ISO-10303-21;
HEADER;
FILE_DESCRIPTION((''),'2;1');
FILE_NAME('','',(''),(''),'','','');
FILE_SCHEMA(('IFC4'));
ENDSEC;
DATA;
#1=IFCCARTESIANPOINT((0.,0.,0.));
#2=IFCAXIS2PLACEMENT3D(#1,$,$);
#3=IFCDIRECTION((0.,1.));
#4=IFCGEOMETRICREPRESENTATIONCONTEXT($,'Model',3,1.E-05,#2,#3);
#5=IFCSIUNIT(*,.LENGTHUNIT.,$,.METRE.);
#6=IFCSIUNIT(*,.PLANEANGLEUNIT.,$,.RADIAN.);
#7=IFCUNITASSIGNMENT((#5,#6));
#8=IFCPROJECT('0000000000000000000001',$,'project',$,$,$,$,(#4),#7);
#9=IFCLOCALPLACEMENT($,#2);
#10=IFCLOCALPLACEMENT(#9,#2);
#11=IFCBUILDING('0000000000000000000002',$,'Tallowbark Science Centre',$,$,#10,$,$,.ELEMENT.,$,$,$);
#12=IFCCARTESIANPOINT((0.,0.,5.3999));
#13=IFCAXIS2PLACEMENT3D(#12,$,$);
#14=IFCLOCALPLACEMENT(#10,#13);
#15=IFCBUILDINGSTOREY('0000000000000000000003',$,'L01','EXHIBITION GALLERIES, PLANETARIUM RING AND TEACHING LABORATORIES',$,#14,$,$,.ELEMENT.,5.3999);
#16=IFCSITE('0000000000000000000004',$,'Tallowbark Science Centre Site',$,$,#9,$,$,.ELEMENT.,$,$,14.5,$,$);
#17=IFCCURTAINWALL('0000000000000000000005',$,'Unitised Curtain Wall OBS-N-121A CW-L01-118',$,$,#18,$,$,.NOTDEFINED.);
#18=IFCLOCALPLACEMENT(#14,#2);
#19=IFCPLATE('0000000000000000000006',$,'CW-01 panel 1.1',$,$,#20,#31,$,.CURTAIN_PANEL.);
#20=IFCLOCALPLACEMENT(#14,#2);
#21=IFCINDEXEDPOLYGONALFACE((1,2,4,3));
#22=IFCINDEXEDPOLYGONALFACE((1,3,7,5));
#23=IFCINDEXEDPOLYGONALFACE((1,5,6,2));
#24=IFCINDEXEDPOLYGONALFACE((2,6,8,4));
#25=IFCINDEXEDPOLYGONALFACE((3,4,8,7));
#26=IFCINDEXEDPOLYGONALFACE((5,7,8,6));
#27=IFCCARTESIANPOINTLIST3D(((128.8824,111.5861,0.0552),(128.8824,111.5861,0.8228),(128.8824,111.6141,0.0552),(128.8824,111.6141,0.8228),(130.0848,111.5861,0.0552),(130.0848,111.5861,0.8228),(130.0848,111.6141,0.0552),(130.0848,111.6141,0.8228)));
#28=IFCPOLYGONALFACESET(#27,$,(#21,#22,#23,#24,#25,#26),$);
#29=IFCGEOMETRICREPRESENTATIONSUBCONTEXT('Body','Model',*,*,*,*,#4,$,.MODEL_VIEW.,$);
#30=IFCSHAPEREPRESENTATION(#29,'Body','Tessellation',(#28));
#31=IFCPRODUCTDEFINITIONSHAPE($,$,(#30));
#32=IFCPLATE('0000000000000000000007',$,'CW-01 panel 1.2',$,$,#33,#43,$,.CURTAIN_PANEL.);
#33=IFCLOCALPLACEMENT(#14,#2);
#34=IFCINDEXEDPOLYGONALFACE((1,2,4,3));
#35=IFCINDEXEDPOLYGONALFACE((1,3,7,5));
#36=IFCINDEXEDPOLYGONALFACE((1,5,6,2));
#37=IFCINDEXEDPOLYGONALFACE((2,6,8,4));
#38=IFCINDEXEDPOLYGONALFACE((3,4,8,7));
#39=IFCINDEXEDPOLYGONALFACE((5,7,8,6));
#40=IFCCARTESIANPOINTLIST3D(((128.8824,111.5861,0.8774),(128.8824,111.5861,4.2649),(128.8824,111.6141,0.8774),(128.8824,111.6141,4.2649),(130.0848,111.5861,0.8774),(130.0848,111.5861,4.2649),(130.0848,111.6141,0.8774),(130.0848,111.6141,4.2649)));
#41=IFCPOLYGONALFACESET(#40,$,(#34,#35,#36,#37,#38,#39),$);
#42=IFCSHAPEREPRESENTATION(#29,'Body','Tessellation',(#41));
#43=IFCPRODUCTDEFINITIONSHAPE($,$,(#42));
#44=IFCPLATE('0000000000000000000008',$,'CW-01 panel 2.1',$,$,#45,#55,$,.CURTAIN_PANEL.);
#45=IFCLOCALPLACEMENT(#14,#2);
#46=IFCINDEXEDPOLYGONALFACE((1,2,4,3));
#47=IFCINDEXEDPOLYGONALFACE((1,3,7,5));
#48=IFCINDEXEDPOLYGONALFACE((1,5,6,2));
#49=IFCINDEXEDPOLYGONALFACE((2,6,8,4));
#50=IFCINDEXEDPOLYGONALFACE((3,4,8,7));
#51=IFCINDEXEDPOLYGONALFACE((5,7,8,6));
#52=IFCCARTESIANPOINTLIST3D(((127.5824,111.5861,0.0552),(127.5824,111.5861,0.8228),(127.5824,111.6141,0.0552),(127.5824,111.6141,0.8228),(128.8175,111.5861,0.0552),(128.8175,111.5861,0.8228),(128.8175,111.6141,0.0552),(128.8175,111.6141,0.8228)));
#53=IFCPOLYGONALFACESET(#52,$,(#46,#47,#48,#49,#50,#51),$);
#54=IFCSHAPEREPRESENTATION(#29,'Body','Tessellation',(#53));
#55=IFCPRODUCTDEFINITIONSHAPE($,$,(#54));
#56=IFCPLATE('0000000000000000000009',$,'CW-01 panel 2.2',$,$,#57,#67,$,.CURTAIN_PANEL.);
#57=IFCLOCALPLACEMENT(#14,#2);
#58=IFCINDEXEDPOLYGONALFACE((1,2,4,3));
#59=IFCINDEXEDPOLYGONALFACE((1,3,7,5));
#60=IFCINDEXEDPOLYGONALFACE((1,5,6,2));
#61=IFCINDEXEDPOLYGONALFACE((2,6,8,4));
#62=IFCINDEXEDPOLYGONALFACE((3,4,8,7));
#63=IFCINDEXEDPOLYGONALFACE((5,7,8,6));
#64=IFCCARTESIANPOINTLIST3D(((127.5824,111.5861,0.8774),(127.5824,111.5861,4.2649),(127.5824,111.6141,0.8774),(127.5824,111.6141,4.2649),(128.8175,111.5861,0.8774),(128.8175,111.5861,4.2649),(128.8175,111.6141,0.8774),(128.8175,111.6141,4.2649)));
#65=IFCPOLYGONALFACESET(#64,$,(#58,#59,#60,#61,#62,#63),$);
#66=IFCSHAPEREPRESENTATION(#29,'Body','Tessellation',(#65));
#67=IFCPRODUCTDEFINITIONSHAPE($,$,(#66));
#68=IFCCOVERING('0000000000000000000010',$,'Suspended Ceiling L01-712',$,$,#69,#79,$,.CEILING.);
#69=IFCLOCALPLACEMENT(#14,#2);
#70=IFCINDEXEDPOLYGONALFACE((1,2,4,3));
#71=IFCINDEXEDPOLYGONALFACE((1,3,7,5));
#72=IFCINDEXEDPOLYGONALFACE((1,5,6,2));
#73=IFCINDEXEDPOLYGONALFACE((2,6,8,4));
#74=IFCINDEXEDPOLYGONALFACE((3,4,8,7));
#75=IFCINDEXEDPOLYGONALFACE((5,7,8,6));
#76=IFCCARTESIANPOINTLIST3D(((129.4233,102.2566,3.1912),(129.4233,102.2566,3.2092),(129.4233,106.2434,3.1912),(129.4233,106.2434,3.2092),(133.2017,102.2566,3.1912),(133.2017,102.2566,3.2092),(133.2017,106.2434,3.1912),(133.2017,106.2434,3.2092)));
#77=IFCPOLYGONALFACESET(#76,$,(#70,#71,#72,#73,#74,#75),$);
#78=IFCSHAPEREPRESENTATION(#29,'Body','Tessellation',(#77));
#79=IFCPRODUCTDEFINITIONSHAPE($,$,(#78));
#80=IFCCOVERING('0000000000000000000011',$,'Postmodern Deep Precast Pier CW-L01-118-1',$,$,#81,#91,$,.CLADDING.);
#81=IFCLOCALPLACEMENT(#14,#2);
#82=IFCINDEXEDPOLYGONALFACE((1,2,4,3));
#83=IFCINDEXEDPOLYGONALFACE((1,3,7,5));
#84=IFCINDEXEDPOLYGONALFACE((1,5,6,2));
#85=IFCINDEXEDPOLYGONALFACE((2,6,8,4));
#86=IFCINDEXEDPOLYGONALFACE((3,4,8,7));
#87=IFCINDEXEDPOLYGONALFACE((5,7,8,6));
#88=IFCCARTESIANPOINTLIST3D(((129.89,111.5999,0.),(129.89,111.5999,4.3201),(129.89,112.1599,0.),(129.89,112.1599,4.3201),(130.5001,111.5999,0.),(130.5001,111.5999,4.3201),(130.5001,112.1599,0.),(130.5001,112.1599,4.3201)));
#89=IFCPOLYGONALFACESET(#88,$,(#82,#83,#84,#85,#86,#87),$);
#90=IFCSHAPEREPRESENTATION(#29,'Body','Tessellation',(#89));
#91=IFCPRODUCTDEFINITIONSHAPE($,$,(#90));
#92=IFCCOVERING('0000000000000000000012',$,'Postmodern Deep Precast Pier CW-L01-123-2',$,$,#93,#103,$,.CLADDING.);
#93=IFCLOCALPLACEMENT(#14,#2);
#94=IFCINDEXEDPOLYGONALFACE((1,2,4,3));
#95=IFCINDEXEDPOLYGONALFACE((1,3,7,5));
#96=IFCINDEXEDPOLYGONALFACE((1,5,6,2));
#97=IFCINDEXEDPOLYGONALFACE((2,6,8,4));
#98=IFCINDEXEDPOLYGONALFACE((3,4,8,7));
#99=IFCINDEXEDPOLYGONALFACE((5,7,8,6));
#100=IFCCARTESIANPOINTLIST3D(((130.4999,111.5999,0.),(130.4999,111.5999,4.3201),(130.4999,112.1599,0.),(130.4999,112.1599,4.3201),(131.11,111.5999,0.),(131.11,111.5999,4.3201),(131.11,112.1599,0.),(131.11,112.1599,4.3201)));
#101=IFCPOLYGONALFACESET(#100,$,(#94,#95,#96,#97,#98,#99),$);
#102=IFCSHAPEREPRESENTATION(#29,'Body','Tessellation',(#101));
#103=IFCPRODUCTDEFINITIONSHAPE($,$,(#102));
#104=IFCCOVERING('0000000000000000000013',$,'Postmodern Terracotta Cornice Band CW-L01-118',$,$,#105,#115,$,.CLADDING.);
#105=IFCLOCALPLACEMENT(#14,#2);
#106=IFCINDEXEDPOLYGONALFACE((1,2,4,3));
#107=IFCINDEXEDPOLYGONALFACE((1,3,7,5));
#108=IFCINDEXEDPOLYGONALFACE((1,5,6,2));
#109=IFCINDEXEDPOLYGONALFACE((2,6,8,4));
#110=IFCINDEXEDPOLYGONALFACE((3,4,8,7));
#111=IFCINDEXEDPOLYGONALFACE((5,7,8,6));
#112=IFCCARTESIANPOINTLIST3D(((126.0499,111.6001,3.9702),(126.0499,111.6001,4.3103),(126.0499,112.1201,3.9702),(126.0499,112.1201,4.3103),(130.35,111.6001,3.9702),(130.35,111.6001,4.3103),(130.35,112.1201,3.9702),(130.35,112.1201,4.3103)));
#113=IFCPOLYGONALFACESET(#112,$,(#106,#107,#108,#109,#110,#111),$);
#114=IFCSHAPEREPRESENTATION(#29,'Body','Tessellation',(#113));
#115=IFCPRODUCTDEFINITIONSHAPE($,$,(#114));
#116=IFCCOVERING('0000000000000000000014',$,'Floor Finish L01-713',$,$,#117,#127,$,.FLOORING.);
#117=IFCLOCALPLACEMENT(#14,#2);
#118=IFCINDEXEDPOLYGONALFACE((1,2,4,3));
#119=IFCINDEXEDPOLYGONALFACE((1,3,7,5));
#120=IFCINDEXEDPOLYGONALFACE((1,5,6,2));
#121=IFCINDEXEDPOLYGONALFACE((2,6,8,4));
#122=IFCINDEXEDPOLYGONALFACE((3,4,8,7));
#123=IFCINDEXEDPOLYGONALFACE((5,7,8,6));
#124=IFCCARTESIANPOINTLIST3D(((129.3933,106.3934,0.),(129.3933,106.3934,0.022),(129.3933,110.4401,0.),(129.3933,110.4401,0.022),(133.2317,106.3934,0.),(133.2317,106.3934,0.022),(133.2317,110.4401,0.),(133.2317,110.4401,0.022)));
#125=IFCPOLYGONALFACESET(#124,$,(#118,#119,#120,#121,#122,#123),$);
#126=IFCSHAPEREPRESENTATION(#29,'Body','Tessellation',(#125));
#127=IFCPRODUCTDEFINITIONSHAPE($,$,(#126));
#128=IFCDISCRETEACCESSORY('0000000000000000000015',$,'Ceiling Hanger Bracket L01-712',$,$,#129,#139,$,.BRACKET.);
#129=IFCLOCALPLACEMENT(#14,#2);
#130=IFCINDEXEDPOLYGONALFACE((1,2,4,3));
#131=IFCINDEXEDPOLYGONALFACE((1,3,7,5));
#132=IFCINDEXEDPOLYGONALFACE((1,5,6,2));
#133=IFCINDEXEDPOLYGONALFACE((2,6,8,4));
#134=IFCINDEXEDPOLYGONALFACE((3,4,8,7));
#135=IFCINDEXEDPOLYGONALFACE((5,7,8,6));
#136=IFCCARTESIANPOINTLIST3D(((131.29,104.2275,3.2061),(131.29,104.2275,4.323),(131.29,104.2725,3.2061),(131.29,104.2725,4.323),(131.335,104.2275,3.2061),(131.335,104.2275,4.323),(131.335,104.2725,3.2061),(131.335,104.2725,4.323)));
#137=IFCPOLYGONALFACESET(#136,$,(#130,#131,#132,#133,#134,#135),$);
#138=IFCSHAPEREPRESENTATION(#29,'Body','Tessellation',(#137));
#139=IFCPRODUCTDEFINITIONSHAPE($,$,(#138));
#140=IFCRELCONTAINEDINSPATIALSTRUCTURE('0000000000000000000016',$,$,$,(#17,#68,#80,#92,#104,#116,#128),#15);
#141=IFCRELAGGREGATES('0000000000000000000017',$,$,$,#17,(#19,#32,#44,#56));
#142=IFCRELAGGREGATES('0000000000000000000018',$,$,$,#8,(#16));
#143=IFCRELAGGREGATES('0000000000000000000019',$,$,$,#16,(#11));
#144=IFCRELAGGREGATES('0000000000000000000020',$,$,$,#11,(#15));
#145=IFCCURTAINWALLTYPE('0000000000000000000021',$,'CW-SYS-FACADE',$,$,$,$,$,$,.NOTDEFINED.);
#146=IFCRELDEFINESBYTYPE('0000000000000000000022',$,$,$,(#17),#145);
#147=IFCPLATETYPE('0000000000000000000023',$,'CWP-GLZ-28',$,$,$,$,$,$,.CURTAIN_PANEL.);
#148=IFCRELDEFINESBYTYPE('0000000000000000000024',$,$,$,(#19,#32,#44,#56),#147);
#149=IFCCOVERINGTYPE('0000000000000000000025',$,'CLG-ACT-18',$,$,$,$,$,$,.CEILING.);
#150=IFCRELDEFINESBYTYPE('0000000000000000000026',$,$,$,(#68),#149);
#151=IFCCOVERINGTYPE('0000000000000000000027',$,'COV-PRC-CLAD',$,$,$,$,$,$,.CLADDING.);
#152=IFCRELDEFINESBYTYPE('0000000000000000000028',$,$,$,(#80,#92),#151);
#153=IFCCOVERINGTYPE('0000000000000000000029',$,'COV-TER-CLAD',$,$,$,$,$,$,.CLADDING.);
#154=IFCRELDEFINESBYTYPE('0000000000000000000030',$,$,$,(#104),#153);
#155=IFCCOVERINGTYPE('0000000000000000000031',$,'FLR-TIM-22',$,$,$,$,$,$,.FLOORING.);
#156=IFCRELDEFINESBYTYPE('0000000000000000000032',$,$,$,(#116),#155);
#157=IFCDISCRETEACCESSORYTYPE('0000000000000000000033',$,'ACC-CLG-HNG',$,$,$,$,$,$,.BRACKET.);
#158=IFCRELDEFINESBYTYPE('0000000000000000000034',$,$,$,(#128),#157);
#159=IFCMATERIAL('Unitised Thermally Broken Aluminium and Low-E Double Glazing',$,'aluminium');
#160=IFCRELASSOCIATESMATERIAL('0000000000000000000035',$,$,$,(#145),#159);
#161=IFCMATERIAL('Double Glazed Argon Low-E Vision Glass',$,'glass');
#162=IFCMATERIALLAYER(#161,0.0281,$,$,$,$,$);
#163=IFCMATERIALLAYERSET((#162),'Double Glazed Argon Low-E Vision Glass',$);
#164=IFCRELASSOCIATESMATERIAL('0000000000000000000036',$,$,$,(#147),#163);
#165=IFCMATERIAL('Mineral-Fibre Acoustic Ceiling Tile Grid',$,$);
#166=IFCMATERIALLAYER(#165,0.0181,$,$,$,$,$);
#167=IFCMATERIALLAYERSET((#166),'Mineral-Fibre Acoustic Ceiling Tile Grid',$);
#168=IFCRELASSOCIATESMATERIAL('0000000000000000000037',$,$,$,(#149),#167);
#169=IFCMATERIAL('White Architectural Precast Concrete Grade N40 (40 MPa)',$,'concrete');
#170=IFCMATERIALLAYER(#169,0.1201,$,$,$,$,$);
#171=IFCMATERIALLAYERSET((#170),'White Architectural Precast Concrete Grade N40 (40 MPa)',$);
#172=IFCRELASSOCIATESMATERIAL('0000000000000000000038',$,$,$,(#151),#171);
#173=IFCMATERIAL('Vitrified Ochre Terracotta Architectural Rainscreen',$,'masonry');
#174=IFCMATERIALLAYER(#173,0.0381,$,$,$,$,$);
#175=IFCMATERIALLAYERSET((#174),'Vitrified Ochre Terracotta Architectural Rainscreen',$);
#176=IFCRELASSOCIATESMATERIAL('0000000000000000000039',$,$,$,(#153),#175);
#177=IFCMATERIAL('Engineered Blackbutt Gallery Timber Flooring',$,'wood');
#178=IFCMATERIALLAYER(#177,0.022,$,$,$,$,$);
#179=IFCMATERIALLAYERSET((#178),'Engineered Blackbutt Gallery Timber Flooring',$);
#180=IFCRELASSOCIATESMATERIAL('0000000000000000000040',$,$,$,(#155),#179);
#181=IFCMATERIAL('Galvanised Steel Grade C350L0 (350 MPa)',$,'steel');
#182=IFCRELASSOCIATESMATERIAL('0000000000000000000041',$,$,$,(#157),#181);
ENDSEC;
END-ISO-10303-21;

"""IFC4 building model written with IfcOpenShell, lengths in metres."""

from ifc_helpers import new_model, si_unit, direction, frame, origin, origin_2d, place, context, subcontext, project, spatial, rectangle, extrude, material, layer, layer_set, type_object, element, aggregate, save


model = new_model("IFC4")

# Units and contexts
model_context = context("Model", 3, precision=1e-05, world=origin(), true_north=direction((0.0, 1.0)))
body_context = subcontext(model_context, "Body", "Model", "MODEL_VIEW")
ifc_project = project(units=[si_unit("LENGTHUNIT", "METRE"), si_unit("PLANEANGLEUNIT", "RADIAN")], contexts=[model_context])

# Site, building, storey
site_placement = place(None, origin())
site = spatial("IfcSite", under=ifc_project, at=site_placement, Name="Tallowbark Science Centre Site", CompositionType="ELEMENT", RefElevation=14.5)
building_placement = place(site_placement, origin())
building = spatial("IfcBuilding", under=site, at=building_placement, Name="Tallowbark Science Centre", CompositionType="ELEMENT")
storey_placement = place(building_placement, frame((0.0, 0.0, 5.3999)))
storey = spatial("IfcBuildingStorey", under=building, at=storey_placement, Name="L01", Description="EXHIBITION GALLERIES, PLANETARIUM RING AND TEACHING LABORATORIES", CompositionType="ELEMENT", Elevation=5.3999)

# Curtain wall
ifc_material_1 = material(Name="Unitised Thermally Broken Aluminium and Low-E Double Glazing", Category="aluminium")
curtain_wall_type = type_object("IfcCurtainWallType", Name="CW-SYS-FACADE", PredefinedType="NOTDEFINED", material=ifc_material_1)
curtain_wall_1_placement = place(storey_placement, origin())
curtain_wall_1 = element("IfcCurtainWall", 1, at=curtain_wall_1_placement, inside=storey, type_object=curtain_wall_type, Name="Unitised Curtain Wall OBS-N-121A CW-L01-118", PredefinedType="NOTDEFINED")

# Plates
ifc_material_2 = material(Name="Double Glazed Argon Low-E Vision Glass", Category="glass")
ifc_layer_1 = layer(ifc_material_2, 0.0281)
ifc_layer_set_1 = layer_set([ifc_layer_1], Name="Double Glazed Argon Low-E Vision Glass")
plate_type = type_object("IfcPlateType", Name="CWP-GLZ-28", PredefinedType="CURTAIN_PANEL", material=ifc_layer_set_1)
plate_1_placement = place(storey_placement, frame((129.4836, 111.6001, 0.0552), z_axis=(0.0, 0.0, 1.0), x_axis=(-1.0, 0.0, 0.0)))
plate_1 = element("IfcPlate", 2, at=plate_1_placement, type_object=plate_type, Name="CW-01 panel 1.1", PredefinedType="CURTAIN_PANEL", context=body_context, shape_type="SweptSolid", body=[
    extrude(rectangle(XDim=1.2024, YDim=0.0281, at=origin_2d()), origin(), (0.0, 0.0, 1.0), 0.7676),
])
plate_2_placement = place(storey_placement, frame((129.4836, 111.6001, 0.8774), z_axis=(0.0, 0.0, 1.0), x_axis=(-1.0, 0.0, 0.0)))
plate_2 = element("IfcPlate", 3, at=plate_2_placement, type_object=plate_type, Name="CW-01 panel 1.2", PredefinedType="CURTAIN_PANEL", context=body_context, shape_type="SweptSolid", body=[
    extrude(rectangle(XDim=1.2024, YDim=0.0281, at=origin_2d()), origin(), (0.0, 0.0, 1.0), 3.3875),
])
plate_3_placement = place(storey_placement, frame((128.2, 111.6001, 0.0552), z_axis=(0.0, 0.0, 1.0), x_axis=(-1.0, 0.0, 0.0)))
plate_3 = element("IfcPlate", 4, at=plate_3_placement, type_object=plate_type, Name="CW-01 panel 2.1", PredefinedType="CURTAIN_PANEL", context=body_context, shape_type="SweptSolid", body=[
    extrude(rectangle(XDim=1.2351, YDim=0.0281, at=origin_2d()), origin(), (0.0, 0.0, 1.0), 0.7676),
])
plate_4_placement = place(storey_placement, frame((128.2, 111.6001, 0.8774), z_axis=(0.0, 0.0, 1.0), x_axis=(-1.0, 0.0, 0.0)))
plate_4 = element("IfcPlate", 5, at=plate_4_placement, type_object=plate_type, Name="CW-01 panel 2.2", PredefinedType="CURTAIN_PANEL", context=body_context, shape_type="SweptSolid", body=[
    extrude(rectangle(XDim=1.2351, YDim=0.0281, at=origin_2d()), origin(), (0.0, 0.0, 1.0), 3.3875),
])
aggregate(curtain_wall_1, [plate_1, plate_2, plate_3, plate_4])

# Coverings
ifc_material_3 = material(Name="Mineral-Fibre Acoustic Ceiling Tile Grid")
ifc_layer_2 = layer(ifc_material_3, 0.0181)
ifc_layer_set_2 = layer_set([ifc_layer_2], Name="Mineral-Fibre Acoustic Ceiling Tile Grid")
covering_type_1 = type_object("IfcCoveringType", Name="CLG-ACT-18", PredefinedType="CEILING", material=ifc_layer_set_2)
covering_1_placement = place(storey_placement, frame((131.3125, 104.25, 3.1912), z_axis=(0.0, 0.0, 1.0), x_axis=(1.0, 0.0, 0.0)))
element("IfcCovering", 6, at=covering_1_placement, inside=storey, type_object=covering_type_1, Name="Suspended Ceiling L01-712", PredefinedType="CEILING", context=body_context, shape_type="SweptSolid", body=[
    extrude(rectangle(XDim=3.7783, YDim=3.9868, at=origin_2d()), origin(), (0.0, 0.0, 1.0), 0.0181),
])
ifc_material_4 = material(Name="White Architectural Precast Concrete Grade N40 (40 MPa)", Category="concrete")
ifc_layer_3 = layer(ifc_material_4, 0.1201)
ifc_layer_set_3 = layer_set([ifc_layer_3], Name="White Architectural Precast Concrete Grade N40 (40 MPa)")
covering_type_2 = type_object("IfcCoveringType", Name="COV-PRC-CLAD", PredefinedType="CLADDING", material=ifc_layer_set_3)
for number, where, z_axis, x_axis, name in (
    (7, (130.1951, 111.8799, 0.0), (0.0, 0.0, 1.0), (-1.0, 0.0, 0.0), "Postmodern Deep Precast Pier CW-L01-118-1"),
    (8, (130.8049, 111.8799, 0.0), (0.0, 0.0, 1.0), (-1.0, 0.0, 0.0), "Postmodern Deep Precast Pier CW-L01-123-2"),
):
    element("IfcCovering", number, at=place(storey_placement, frame(where, z_axis=z_axis, x_axis=x_axis)), inside=storey, type_object=covering_type_2, Name=name, PredefinedType="CLADDING", context=body_context, shape_type="SweptSolid", body=[
        extrude(rectangle(XDim=0.6101, YDim=0.5601, at=origin_2d()), origin(), (0.0, 0.0, 1.0), 4.3201),
    ])
ifc_material_5 = material(Name="Vitrified Ochre Terracotta Architectural Rainscreen", Category="masonry")
ifc_layer_4 = layer(ifc_material_5, 0.0381)
ifc_layer_set_4 = layer_set([ifc_layer_4], Name="Vitrified Ochre Terracotta Architectural Rainscreen")
covering_type_3 = type_object("IfcCoveringType", Name="COV-TER-CLAD", PredefinedType="CLADDING", material=ifc_layer_set_4)
covering_2_placement = place(storey_placement, frame((128.2, 111.8601, 3.9702), z_axis=(0.0, 0.0, 1.0), x_axis=(-1.0, 0.0, 0.0)))
element("IfcCovering", 9, at=covering_2_placement, inside=storey, type_object=covering_type_3, Name="Postmodern Terracotta Cornice Band CW-L01-118", PredefinedType="CLADDING", context=body_context, shape_type="SweptSolid", body=[
    extrude(rectangle(XDim=4.3, YDim=0.52, at=origin_2d()), origin(), (0.0, 0.0, 1.0), 0.3401),
])
ifc_material_6 = material(Name="Engineered Blackbutt Gallery Timber Flooring", Category="wood")
ifc_layer_5 = layer(ifc_material_6, 0.022)
ifc_layer_set_5 = layer_set([ifc_layer_5], Name="Engineered Blackbutt Gallery Timber Flooring")
covering_type_4 = type_object("IfcCoveringType", Name="FLR-TIM-22", PredefinedType="FLOORING", material=ifc_layer_set_5)
covering_3_placement = place(storey_placement, frame((131.3125, 108.4167, 0.0), z_axis=(0.0, 0.0, 1.0), x_axis=(1.0, 0.0, 0.0)))
element("IfcCovering", 10, at=covering_3_placement, inside=storey, type_object=covering_type_4, Name="Floor Finish L01-713", PredefinedType="FLOORING", context=body_context, shape_type="SweptSolid", body=[
    extrude(rectangle(XDim=3.8384, YDim=4.0466, at=origin_2d()), origin(), (0.0, 0.0, 1.0), 0.022),
])

# Discrete accessory
ifc_material_7 = material(Name="Galvanised Steel Grade C350L0 (350 MPa)", Category="steel")
discrete_accessory_type = type_object("IfcDiscreteAccessoryType", Name="ACC-CLG-HNG", PredefinedType="BRACKET", material=ifc_material_7)
discrete_accessory_placement = place(storey_placement, frame((131.3125, 104.25, 3.2061), z_axis=(0.0, 0.0, 1.0), x_axis=(1.0, 0.0, 0.0)))
element("IfcDiscreteAccessory", 11, at=discrete_accessory_placement, inside=storey, type_object=discrete_accessory_type, Name="Ceiling Hanger Bracket L01-712", PredefinedType="BRACKET", context=body_context, shape_type="SweptSolid", body=[
    extrude(rectangle(XDim=0.0449, YDim=0.0449, at=origin_2d()), origin(), (0.0, 0.0, 1.0), 1.1169),
])

save(model, "model.ifc")
